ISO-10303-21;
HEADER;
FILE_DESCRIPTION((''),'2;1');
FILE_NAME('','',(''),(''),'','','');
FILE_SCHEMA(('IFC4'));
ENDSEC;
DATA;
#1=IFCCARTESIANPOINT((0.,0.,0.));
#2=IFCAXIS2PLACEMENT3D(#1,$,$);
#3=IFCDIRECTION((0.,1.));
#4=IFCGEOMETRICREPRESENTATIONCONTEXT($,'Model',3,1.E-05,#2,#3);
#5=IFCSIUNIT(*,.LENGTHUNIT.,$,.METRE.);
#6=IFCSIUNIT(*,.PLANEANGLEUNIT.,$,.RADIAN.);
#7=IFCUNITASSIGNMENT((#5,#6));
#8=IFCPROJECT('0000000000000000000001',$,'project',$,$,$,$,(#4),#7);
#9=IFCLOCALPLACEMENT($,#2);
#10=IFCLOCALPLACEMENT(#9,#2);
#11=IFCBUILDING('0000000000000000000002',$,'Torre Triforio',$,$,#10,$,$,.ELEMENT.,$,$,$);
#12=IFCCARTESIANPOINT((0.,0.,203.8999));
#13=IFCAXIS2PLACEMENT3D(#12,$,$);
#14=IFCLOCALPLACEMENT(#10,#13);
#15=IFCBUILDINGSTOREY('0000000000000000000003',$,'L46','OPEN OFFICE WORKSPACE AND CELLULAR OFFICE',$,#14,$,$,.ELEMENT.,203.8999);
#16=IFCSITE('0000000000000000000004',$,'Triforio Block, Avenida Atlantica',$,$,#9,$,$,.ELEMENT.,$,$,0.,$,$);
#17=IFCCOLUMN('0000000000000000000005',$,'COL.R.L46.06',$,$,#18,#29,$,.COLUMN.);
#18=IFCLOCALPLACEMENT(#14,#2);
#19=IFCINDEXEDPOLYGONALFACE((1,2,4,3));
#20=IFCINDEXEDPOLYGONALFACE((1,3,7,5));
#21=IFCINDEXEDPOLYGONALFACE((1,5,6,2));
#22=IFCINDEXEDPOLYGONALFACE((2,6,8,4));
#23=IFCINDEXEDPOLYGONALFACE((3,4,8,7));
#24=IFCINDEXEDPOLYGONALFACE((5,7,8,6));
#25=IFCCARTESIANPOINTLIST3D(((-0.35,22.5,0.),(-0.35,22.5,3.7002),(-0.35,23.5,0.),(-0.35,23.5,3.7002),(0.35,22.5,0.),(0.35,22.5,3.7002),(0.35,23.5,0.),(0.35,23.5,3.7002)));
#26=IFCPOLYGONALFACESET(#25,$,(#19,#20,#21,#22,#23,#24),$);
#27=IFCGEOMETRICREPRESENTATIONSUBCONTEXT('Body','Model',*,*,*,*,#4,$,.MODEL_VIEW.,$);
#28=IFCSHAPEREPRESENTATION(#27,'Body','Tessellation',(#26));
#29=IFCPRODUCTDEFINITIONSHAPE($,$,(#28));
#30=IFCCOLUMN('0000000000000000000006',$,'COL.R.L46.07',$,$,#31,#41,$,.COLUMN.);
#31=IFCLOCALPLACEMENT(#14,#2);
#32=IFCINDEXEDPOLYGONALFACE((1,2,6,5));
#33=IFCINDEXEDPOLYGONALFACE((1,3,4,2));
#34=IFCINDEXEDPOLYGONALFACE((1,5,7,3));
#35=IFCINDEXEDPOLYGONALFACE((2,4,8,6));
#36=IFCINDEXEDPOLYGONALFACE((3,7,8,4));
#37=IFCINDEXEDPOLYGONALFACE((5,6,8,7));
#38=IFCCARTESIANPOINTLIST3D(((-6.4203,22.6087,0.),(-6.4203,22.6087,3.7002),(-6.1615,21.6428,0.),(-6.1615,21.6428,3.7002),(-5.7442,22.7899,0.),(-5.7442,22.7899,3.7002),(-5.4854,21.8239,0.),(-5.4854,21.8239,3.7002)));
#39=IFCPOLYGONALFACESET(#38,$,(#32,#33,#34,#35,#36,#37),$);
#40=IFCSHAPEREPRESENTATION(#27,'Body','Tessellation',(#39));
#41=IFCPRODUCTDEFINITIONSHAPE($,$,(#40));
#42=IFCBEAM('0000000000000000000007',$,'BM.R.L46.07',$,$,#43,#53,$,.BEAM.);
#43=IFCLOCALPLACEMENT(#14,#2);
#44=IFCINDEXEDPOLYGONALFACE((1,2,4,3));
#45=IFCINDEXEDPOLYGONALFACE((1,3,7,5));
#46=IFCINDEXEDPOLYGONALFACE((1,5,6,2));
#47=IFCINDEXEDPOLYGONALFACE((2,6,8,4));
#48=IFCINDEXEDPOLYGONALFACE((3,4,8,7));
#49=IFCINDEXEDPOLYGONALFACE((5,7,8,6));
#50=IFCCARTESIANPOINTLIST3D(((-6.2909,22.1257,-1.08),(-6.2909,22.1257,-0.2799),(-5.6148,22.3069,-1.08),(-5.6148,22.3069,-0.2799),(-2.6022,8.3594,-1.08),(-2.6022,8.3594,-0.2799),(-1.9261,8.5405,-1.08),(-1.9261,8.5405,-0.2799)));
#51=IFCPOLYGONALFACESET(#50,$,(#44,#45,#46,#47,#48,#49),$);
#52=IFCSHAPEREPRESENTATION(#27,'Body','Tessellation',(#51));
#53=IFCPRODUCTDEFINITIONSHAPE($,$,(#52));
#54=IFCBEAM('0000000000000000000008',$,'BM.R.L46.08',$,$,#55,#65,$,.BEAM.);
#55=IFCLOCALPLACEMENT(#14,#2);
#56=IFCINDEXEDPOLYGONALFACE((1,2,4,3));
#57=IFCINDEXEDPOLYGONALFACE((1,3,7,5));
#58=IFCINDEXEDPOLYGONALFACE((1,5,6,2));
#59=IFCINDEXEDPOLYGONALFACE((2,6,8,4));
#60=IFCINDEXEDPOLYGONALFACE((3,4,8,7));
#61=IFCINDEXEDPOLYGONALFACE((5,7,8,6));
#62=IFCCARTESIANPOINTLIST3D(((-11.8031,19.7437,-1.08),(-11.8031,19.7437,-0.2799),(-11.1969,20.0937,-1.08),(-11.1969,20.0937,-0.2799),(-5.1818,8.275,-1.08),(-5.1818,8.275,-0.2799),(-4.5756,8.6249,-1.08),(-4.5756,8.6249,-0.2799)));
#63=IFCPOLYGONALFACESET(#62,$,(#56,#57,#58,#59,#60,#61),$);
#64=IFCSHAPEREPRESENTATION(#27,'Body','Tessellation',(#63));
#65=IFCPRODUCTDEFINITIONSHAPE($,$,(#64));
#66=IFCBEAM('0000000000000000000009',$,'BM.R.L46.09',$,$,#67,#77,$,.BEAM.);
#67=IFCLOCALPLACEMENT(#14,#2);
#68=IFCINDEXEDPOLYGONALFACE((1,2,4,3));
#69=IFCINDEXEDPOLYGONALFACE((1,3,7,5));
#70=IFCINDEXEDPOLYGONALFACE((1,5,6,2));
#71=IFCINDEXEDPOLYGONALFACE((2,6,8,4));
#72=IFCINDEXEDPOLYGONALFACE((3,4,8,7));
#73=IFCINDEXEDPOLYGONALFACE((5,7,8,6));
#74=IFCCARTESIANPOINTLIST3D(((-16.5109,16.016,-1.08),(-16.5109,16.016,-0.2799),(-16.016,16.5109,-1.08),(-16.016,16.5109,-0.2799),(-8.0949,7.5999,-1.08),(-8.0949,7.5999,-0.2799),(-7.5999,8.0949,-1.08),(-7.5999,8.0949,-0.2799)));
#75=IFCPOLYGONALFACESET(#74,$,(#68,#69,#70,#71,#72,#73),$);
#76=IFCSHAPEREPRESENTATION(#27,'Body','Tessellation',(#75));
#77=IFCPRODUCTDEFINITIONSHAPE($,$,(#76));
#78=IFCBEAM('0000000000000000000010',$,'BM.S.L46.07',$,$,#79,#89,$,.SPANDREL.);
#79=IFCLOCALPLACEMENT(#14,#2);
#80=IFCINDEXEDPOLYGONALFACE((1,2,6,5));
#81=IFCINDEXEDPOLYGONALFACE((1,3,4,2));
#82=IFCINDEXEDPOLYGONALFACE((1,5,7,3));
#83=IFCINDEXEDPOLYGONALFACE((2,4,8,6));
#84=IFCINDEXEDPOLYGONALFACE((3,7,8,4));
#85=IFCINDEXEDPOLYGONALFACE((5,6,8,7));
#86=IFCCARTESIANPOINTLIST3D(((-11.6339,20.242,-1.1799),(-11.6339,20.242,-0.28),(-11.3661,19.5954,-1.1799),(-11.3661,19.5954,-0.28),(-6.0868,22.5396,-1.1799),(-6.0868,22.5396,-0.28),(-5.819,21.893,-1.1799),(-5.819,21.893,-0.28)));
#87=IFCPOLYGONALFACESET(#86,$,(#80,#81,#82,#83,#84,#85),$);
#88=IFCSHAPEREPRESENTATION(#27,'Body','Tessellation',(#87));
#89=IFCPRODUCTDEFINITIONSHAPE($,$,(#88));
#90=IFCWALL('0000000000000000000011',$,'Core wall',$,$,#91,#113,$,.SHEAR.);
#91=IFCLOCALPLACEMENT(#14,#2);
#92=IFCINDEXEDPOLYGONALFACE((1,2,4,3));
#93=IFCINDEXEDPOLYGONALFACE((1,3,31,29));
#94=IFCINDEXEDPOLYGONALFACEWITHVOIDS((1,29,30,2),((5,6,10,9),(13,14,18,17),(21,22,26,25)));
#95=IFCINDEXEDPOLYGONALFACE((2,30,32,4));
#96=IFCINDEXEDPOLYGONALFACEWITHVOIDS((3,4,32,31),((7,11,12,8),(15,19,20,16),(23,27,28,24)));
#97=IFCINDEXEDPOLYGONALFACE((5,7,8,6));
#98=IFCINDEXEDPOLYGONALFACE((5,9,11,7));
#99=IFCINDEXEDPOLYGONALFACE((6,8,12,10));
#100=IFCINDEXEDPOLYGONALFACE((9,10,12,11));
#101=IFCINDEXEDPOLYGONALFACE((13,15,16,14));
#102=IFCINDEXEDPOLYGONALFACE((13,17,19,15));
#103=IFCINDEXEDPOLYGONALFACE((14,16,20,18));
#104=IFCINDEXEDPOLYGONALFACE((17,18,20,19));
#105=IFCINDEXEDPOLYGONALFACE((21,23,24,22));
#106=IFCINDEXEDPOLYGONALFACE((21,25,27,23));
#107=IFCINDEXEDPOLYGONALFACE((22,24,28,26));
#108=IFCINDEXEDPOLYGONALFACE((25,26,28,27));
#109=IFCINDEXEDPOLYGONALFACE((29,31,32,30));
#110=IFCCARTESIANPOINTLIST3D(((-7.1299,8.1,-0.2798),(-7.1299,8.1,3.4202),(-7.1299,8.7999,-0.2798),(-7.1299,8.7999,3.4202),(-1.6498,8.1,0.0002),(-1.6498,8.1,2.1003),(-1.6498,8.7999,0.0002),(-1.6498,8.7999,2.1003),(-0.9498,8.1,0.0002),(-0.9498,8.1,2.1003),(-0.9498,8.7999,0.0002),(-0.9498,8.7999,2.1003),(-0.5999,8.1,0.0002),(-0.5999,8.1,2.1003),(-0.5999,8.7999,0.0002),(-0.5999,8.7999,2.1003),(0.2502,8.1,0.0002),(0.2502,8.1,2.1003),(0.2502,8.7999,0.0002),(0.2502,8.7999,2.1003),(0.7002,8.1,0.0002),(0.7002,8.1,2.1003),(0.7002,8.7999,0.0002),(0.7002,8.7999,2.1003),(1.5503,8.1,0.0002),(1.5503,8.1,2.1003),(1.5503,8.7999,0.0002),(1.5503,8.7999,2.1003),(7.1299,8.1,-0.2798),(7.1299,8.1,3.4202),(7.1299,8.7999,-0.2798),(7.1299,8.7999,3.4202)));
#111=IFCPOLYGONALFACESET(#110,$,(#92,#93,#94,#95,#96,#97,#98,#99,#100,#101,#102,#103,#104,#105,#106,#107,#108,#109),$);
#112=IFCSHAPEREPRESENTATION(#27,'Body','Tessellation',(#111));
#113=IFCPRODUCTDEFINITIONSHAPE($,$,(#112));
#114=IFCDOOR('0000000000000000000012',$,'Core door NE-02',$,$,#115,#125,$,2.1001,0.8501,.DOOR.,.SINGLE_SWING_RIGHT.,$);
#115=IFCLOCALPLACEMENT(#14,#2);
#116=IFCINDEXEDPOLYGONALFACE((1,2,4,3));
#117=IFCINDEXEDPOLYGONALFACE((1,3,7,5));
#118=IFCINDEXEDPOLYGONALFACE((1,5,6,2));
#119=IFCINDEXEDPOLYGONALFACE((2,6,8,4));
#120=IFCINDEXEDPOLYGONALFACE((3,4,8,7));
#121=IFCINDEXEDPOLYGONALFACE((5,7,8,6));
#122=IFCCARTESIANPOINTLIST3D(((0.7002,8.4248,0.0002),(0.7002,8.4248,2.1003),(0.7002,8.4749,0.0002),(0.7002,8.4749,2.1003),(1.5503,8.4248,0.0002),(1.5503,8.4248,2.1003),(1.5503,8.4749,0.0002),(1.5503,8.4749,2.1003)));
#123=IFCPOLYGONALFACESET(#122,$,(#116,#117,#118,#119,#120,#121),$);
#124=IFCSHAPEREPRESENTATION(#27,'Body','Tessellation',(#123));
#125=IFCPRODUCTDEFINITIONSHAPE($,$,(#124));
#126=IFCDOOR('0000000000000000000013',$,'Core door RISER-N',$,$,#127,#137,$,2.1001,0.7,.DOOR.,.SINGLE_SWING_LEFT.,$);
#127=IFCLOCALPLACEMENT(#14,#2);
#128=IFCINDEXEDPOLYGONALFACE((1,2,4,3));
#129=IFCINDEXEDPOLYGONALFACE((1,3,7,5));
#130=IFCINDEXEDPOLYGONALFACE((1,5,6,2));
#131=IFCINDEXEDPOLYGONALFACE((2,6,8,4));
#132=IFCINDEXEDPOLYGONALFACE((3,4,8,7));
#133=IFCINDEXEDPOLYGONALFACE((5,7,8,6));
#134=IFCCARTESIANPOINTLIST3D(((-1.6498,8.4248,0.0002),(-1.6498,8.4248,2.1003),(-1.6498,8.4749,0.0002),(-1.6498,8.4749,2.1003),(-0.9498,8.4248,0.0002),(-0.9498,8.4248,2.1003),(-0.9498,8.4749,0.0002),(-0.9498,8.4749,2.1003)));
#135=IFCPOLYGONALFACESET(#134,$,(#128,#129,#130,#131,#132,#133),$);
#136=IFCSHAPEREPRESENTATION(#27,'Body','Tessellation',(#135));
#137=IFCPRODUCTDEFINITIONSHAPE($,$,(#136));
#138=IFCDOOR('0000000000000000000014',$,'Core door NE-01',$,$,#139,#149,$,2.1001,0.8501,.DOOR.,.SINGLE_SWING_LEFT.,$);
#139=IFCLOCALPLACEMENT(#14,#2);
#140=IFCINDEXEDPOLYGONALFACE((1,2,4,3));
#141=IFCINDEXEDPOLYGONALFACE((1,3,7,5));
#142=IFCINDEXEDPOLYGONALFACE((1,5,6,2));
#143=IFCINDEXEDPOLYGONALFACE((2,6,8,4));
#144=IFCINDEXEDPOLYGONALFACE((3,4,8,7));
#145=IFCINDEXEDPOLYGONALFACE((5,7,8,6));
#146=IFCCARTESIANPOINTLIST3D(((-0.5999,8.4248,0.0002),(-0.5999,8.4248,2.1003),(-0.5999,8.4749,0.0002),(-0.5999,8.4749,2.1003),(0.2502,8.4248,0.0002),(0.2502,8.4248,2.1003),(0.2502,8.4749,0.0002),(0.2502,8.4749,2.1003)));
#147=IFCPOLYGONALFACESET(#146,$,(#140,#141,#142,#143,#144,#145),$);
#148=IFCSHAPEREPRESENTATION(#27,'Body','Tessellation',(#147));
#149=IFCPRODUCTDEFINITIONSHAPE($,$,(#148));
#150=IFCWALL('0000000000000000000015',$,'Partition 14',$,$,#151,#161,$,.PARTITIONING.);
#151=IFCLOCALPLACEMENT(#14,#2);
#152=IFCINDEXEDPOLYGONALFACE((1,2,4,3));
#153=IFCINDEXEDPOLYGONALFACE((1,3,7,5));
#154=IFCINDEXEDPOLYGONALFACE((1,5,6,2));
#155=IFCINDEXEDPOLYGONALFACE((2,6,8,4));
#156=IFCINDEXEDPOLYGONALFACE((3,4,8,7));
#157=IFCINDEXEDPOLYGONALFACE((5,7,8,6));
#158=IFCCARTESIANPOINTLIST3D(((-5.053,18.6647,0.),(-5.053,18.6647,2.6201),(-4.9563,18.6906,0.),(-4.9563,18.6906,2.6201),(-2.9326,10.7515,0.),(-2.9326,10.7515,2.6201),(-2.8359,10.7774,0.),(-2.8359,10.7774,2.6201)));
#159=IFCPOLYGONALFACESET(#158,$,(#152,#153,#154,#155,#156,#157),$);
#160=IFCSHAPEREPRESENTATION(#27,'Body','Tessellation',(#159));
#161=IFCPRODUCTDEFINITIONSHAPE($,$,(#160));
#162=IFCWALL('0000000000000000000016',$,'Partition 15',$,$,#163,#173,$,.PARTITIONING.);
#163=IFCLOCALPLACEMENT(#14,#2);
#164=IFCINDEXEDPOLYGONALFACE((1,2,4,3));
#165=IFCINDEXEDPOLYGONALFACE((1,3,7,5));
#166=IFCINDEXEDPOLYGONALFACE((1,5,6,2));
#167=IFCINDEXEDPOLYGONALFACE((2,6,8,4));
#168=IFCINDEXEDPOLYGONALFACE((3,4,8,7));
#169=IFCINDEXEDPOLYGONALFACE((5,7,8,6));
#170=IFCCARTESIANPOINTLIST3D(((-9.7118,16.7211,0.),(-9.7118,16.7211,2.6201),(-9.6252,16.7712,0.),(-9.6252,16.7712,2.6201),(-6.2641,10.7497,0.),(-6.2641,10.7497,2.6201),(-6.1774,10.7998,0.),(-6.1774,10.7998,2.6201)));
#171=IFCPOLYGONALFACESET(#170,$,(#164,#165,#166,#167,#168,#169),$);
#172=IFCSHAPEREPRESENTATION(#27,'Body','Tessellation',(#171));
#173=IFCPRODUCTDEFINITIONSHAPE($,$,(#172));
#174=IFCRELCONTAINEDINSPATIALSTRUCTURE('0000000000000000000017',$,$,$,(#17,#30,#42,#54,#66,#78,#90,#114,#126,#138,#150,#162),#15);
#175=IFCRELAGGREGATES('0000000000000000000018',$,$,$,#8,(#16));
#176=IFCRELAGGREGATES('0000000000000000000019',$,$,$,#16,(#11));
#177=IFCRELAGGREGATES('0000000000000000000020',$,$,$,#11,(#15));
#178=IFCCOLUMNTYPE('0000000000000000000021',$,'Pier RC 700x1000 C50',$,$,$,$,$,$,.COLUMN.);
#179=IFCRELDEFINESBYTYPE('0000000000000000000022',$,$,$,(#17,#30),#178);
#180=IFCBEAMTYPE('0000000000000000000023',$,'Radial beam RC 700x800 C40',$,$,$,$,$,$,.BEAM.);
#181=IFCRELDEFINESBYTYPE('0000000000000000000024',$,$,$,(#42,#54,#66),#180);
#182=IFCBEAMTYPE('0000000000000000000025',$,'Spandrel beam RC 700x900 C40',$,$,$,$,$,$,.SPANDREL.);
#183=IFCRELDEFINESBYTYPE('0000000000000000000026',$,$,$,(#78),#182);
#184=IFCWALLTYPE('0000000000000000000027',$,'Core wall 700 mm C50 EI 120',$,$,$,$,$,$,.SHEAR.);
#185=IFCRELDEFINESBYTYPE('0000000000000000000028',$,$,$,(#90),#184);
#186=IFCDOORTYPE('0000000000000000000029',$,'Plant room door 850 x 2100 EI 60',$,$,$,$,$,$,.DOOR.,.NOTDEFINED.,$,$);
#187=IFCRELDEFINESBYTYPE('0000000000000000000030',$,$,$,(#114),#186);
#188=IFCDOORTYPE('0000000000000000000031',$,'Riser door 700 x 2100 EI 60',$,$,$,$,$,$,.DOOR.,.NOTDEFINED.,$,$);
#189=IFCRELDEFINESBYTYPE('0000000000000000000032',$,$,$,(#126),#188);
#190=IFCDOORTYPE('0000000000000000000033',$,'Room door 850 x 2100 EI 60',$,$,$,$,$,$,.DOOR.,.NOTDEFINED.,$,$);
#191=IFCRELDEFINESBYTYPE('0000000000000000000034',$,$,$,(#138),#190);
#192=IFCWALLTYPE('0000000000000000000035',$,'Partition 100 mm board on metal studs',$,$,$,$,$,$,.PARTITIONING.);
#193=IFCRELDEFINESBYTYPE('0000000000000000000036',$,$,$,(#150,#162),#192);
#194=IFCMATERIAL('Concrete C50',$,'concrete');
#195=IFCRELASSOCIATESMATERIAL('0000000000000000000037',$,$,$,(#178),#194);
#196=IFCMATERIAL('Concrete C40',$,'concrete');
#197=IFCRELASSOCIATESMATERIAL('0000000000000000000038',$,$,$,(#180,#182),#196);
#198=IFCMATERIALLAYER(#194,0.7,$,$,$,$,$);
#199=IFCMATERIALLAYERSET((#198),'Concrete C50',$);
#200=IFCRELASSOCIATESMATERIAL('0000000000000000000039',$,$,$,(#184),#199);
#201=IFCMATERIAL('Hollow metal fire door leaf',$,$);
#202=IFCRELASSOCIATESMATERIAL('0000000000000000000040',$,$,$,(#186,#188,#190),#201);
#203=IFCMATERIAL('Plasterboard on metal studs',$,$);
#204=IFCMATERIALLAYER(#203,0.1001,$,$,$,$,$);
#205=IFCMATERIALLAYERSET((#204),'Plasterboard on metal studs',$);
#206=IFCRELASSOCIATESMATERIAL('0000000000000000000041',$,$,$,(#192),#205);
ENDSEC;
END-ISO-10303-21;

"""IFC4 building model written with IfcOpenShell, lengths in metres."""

from ifc_helpers import new_model, si_unit, direction, frame, frame_2d, origin, origin_2d, place, context, subcontext, project, spatial, rectangle, extrude, material, layer, layer_set, material_profile, profile_set, type_object, element, fill, save


model = new_model("IFC4")

# Units and contexts
model_context = context("Model", 3, precision=1e-05, world=origin(), true_north=direction((0.0, 1.0)))
body_context = subcontext(model_context, "Body", "Model", "MODEL_VIEW")
ifc_project = project(units=[si_unit("LENGTHUNIT", "METRE"), si_unit("PLANEANGLEUNIT", "RADIAN")], contexts=[model_context])

# Site, building, storey
site_placement = place(None, origin())
site = spatial("IfcSite", under=ifc_project, at=site_placement, Name="Triforio Block, Avenida Atlantica", CompositionType="ELEMENT", RefElevation=0.0)
building_placement = place(site_placement, origin())
building = spatial("IfcBuilding", under=site, at=building_placement, Name="Torre Triforio", CompositionType="ELEMENT")
storey_placement = place(building_placement, frame((0.0, 0.0, 203.8999)))
storey = spatial("IfcBuildingStorey", under=building, at=storey_placement, Name="L46", Description="OPEN OFFICE WORKSPACE AND CELLULAR OFFICE", CompositionType="ELEMENT", Elevation=203.8999)

# Columns
ifc_material_1 = material(Name="Concrete C50", Category="concrete")
ifc_material_profile_1 = material_profile(ifc_material_1, rectangle(XDim=0.7, YDim=1.0, at=origin_2d()), Name="RC 700x1000")
ifc_profile_set_1 = profile_set([ifc_material_profile_1], Name="Concrete C50")
column_type = type_object("IfcColumnType", Name="Pier RC 700x1000 C50", PredefinedType="COLUMN", material=ifc_profile_set_1)
for number, where, z_axis, x_axis, name in (
    (1, (0.0, 23.0, 0.0), (0.0, 0.0, 1.0), (-1.0, 0.0, 0.0), "COL.R.L46.06"),
    (2, (-5.9529, 22.2163, 0.0), (0.0, 0.0, 1.0), (-0.965926, -0.258819, 0.0), "COL.R.L46.07"),
):
    element("IfcColumn", number, at=place(storey_placement, frame(where, z_axis=z_axis, x_axis=x_axis)), inside=storey, type_object=column_type, Name=name, PredefinedType="COLUMN", context=body_context, shape_type="SweptSolid", body=[
        extrude(rectangle(XDim=0.7, YDim=1.0, at=origin_2d()), origin(), (0.0, 0.0, 1.0), 3.7002),
    ])

# Beams
ifc_material_2 = material(Name="Concrete C40", Category="concrete")
ifc_material_profile_2 = material_profile(ifc_material_2, rectangle(XDim=0.7, YDim=0.8, at=origin_2d()), Name="RC 700x800")
ifc_profile_set_2 = profile_set([ifc_material_profile_2], Name="Concrete C40")
beam_type_1 = type_object("IfcBeamType", Name="Radial beam RC 700x800 C40", PredefinedType="BEAM", material=ifc_profile_set_2)
beam_1_placement = place(storey_placement, frame((-2.2642, 8.45, -0.6799), z_axis=(-0.258821, 0.965925, 0.0), x_axis=(-0.965925, -0.258821, 0.0)))
element("IfcBeam", 3, at=beam_1_placement, inside=storey, type_object=beam_type_1, Name="BM.R.L46.07", PredefinedType="BEAM", context=body_context, shape_type="SweptSolid", body=[
    extrude(rectangle(XDim=0.7, YDim=0.8, at=origin_2d()), origin(), (0.0, 0.0, 1.0), 14.252),
])
beam_2_placement = place(storey_placement, frame((-4.8787, 8.45, -0.6799), z_axis=(-0.499992, 0.86603, 0.0), x_axis=(-0.86603, -0.499992, 0.0)))
element("IfcBeam", 4, at=beam_2_placement, inside=storey, type_object=beam_type_1, Name="BM.R.L46.08", PredefinedType="BEAM", context=body_context, shape_type="SweptSolid", body=[
    extrude(rectangle(XDim=0.7, YDim=0.8, at=origin_2d()), origin(), (0.0, 0.0, 1.0), 13.2429),
])
beam_3_placement = place(storey_placement, frame((-7.8474, 7.8474, -0.6799), z_axis=(-0.707107, 0.707107, 0.0), x_axis=(-0.707107, -0.707107, 0.0)))
element("IfcBeam", 5, at=beam_3_placement, inside=storey, type_object=beam_type_1, Name="BM.R.L46.09", PredefinedType="BEAM", context=body_context, shape_type="SweptSolid", body=[
    extrude(rectangle(XDim=0.7, YDim=0.8, at=origin_2d()), origin(), (0.0, 0.0, 1.0), 11.9021),
])
ifc_material_profile_3 = material_profile(ifc_material_2, rectangle(XDim=0.7, YDim=0.8999, at=origin_2d()), Name="RC 700x900")
ifc_profile_set_3 = profile_set([ifc_material_profile_3], Name="Concrete C40")
beam_type_2 = type_object("IfcBeamType", Name="Spandrel beam RC 700x900 C40", PredefinedType="SPANDREL", material=ifc_profile_set_3)
beam_4_placement = place(storey_placement, frame((-5.9529, 22.2163, -0.73), z_axis=(-0.923885, -0.382671, 0.0), x_axis=(0.382671, -0.923885, 0.0)))
element("IfcBeam", 6, at=beam_4_placement, inside=storey, type_object=beam_type_2, Name="BM.S.L46.07", PredefinedType="SPANDREL", context=body_context, shape_type="SweptSolid", body=[
    extrude(rectangle(XDim=0.7, YDim=0.8999, at=origin_2d()), origin(), (0.0, 0.0, 1.0), 6.0042),
])

# Wall, openings, doors
ifc_layer_1 = layer(ifc_material_1, 0.7)
ifc_layer_set_1 = layer_set([ifc_layer_1], Name="Concrete C50")
wall_type_1 = type_object("IfcWallType", Name="Core wall 700 mm C50 EI 120", PredefinedType="SHEAR", material=ifc_layer_set_1)
wall_1_placement = place(storey_placement, frame((-7.1299, 8.45, -0.2798), z_axis=(0.0, 0.0, 1.0), x_axis=(1.0, 0.0, 0.0)))
wall_1 = element("IfcWall", 7, at=wall_1_placement, inside=storey, type_object=wall_type_1, Name="Core wall", PredefinedType="SHEAR", context=body_context, shape_type="SweptSolid", body=[
    extrude(rectangle(XDim=14.2598, YDim=0.7, at=frame_2d((7.1299, 0.0))), origin(), (0.0, 0.0, 1.0), 3.7),
])
opening_1_placement = place(wall_1_placement, frame((5.48, 0.0, 0.28)))
opening_1 = element("IfcOpeningElement", 8, at=opening_1_placement, cuts=wall_1, PredefinedType="OPENING", context=body_context, shape_type="SweptSolid", body=[
    extrude(rectangle(XDim=0.7, YDim=2.1001, at=frame_2d((0.3501, 1.05))), frame((0.0, 0.3599, 0.0), z_axis=(0.0, -1.0, 0.0), x_axis=(1.0, 0.0, 0.0)), (0.0, 0.0, 1.0), 0.72),
])
opening_2_placement = place(wall_1_placement, frame((6.53, 0.0, 0.28)))
opening_2 = element("IfcOpeningElement", 9, at=opening_2_placement, cuts=wall_1, PredefinedType="OPENING", context=body_context, shape_type="SweptSolid", body=[
    extrude(rectangle(XDim=0.8501, YDim=2.1001, at=frame_2d((0.425, 1.05))), frame((0.0, 0.3599, 0.0), z_axis=(0.0, -1.0, 0.0), x_axis=(1.0, 0.0, 0.0)), (0.0, 0.0, 1.0), 0.72),
])
opening_3_placement = place(wall_1_placement, frame((7.8301, 0.0, 0.28)))
opening_3 = element("IfcOpeningElement", 10, at=opening_3_placement, cuts=wall_1, PredefinedType="OPENING", context=body_context, shape_type="SweptSolid", body=[
    extrude(rectangle(XDim=0.8501, YDim=2.1001, at=frame_2d((0.425, 1.05))), frame((0.0, 0.3599, 0.0), z_axis=(0.0, -1.0, 0.0), x_axis=(1.0, 0.0, 0.0)), (0.0, 0.0, 1.0), 0.72),
])
ifc_material_3 = material(Name="Hollow metal fire door leaf")
door_type_1 = type_object("IfcDoorType", Name="Plant room door 850 x 2100 EI 60", OperationType="NOTDEFINED", PredefinedType="DOOR", material=ifc_material_3)
door_1_placement = place(opening_3_placement, origin())
door_1 = element("IfcDoor", 11, at=door_1_placement, inside=storey, type_object=door_type_1, Name="Core door NE-02", OperationType="SINGLE_SWING_RIGHT", OverallHeight=2.1001, OverallWidth=0.8501, PredefinedType="DOOR", context=body_context, shape_type="SweptSolid", body=[
    extrude(rectangle(XDim=0.8501, YDim=2.1001, at=frame_2d((0.425, 1.05))), frame((0.0, 0.0249, 0.0), z_axis=(0.0, -1.0, 0.0), x_axis=(1.0, 0.0, 0.0)), (0.0, 0.0, 1.0), 0.05),
])
fill(opening_3, door_1)
door_type_2 = type_object("IfcDoorType", Name="Riser door 700 x 2100 EI 60", OperationType="NOTDEFINED", PredefinedType="DOOR", material=ifc_material_3)
door_2_placement = place(opening_1_placement, origin())
door_2 = element("IfcDoor", 12, at=door_2_placement, inside=storey, type_object=door_type_2, Name="Core door RISER-N", OperationType="SINGLE_SWING_LEFT", OverallHeight=2.1001, OverallWidth=0.7, PredefinedType="DOOR", context=body_context, shape_type="SweptSolid", body=[
    extrude(rectangle(XDim=0.7, YDim=2.1001, at=frame_2d((0.3501, 1.05))), frame((0.0, 0.0249, 0.0), z_axis=(0.0, -1.0, 0.0), x_axis=(1.0, 0.0, 0.0)), (0.0, 0.0, 1.0), 0.05),
])
fill(opening_1, door_2)
door_type_3 = type_object("IfcDoorType", Name="Room door 850 x 2100 EI 60", OperationType="NOTDEFINED", PredefinedType="DOOR", material=ifc_material_3)
door_3_placement = place(opening_2_placement, origin())
door_3 = element("IfcDoor", 13, at=door_3_placement, inside=storey, type_object=door_type_3, Name="Core door NE-01", OperationType="SINGLE_SWING_LEFT", OverallHeight=2.1001, OverallWidth=0.8501, PredefinedType="DOOR", context=body_context, shape_type="SweptSolid", body=[
    extrude(rectangle(XDim=0.8501, YDim=2.1001, at=frame_2d((0.425, 1.05))), frame((0.0, 0.0249, 0.0), z_axis=(0.0, -1.0, 0.0), x_axis=(1.0, 0.0, 0.0)), (0.0, 0.0, 1.0), 0.05),
])
fill(opening_2, door_3)

# Walls
ifc_material_4 = material(Name="Plasterboard on metal studs")
ifc_layer_2 = layer(ifc_material_4, 0.1001)
ifc_layer_set_2 = layer_set([ifc_layer_2], Name="Plasterboard on metal studs")
wall_type_2 = type_object("IfcWallType", Name="Partition 100 mm board on metal studs", PredefinedType="PARTITIONING", material=ifc_layer_set_2)
wall_2_placement = place(storey_placement, frame((-2.8843, 10.7644, 0.0), z_axis=(0.0, 0.0, 1.0), x_axis=(-0.258818, 0.965926, 0.0)))
element("IfcWall", 14, at=wall_2_placement, inside=storey, type_object=wall_type_2, Name="Partition 14", PredefinedType="PARTITIONING", context=body_context, shape_type="SweptSolid", body=[
    extrude(rectangle(XDim=8.1924, YDim=0.1001, at=frame_2d((4.0962, 0.0))), origin(), (0.0, 0.0, 1.0), 2.6201),
])
wall_3_placement = place(storey_placement, frame((-6.2207, 10.7747, 0.0), z_axis=(0.0, 0.0, 1.0), x_axis=(-0.500016, 0.866016, 0.0)))
element("IfcWall", 15, at=wall_3_placement, inside=storey, type_object=wall_type_2, Name="Partition 15", PredefinedType="PARTITIONING", context=body_context, shape_type="SweptSolid", body=[
    extrude(rectangle(XDim=6.8953, YDim=0.1001, at=frame_2d((3.4478, 0.0))), origin(), (0.0, 0.0, 1.0), 2.6201),
])

save(model, "model.ifc")
